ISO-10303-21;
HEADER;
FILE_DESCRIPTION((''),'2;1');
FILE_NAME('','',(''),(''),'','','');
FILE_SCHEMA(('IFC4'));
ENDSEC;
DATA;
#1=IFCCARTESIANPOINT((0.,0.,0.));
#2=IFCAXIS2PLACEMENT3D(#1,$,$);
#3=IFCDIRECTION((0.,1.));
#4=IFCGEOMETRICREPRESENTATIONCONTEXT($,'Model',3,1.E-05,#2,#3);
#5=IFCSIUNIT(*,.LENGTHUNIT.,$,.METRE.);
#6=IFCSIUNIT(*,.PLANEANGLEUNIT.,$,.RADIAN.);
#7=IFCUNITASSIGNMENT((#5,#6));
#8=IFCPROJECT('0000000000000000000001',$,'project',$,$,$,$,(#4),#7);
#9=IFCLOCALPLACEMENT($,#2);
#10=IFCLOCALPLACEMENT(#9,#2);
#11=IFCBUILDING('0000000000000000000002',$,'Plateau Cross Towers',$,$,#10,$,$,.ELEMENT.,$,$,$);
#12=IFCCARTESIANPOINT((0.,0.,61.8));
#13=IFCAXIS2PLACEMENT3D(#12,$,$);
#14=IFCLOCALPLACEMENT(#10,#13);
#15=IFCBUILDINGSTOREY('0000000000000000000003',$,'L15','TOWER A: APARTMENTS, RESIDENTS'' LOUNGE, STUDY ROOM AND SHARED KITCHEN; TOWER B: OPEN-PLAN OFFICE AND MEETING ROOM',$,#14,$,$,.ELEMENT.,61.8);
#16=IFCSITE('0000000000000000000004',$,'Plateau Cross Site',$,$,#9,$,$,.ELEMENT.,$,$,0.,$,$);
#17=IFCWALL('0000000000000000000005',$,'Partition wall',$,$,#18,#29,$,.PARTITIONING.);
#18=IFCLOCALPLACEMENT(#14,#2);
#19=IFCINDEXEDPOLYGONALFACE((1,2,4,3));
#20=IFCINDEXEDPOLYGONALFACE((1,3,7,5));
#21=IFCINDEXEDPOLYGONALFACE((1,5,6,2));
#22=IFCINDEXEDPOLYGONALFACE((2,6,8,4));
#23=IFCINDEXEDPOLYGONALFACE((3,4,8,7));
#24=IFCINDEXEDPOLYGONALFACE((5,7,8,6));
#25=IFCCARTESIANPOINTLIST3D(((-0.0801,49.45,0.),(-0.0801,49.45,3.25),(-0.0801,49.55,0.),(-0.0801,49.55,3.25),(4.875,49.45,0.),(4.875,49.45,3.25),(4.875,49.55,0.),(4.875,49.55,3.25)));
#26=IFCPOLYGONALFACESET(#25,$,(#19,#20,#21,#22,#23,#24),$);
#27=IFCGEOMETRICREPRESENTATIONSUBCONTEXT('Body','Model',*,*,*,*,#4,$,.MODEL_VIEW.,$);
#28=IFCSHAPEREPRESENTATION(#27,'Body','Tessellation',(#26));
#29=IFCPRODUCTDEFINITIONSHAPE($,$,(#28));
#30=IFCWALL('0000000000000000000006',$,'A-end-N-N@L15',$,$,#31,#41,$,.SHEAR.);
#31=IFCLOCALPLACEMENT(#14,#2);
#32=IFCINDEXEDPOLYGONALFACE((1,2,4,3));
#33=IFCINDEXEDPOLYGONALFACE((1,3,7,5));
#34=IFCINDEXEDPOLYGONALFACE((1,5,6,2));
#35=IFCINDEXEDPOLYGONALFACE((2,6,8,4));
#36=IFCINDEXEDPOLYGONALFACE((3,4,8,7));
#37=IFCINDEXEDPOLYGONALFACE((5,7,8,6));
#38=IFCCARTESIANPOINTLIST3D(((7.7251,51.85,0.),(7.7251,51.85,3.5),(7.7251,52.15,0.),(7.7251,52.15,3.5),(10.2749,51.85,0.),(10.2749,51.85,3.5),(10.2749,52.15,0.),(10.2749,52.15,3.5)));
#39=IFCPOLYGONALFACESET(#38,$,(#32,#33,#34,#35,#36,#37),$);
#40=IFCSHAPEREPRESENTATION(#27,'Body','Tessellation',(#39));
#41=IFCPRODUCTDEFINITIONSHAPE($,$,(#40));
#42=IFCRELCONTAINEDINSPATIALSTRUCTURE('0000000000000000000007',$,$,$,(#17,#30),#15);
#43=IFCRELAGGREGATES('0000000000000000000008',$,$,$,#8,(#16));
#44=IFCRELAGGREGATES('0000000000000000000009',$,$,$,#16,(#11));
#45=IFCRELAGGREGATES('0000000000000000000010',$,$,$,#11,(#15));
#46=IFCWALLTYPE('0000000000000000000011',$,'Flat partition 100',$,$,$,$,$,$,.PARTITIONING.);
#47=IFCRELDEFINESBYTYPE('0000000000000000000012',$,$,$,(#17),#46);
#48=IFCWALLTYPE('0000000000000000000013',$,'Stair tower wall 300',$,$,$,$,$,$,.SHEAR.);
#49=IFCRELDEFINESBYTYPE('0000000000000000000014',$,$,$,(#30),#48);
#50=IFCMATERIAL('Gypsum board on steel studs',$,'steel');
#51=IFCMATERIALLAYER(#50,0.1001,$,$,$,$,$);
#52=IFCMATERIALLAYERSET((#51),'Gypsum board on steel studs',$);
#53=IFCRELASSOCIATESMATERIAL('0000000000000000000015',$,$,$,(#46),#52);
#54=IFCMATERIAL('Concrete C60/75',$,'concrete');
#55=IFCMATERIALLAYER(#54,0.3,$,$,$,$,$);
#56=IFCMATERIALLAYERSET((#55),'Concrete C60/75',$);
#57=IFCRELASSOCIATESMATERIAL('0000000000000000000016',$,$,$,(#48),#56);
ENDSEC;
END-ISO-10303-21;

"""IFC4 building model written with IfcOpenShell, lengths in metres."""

from ifc_helpers import new_model, si_unit, direction, frame, frame_2d, origin, place, context, subcontext, project, spatial, rectangle, extrude, material, layer, layer_set, type_object, element, save


model = new_model("IFC4")

# Units and contexts
model_context = context("Model", 3, precision=1e-05, world=origin(), true_north=direction((0.0, 1.0)))
body_context = subcontext(model_context, "Body", "Model", "MODEL_VIEW")
ifc_project = project(units=[si_unit("LENGTHUNIT", "METRE"), si_unit("PLANEANGLEUNIT", "RADIAN")], contexts=[model_context])

# Site, building, storey
site_placement = place(None, origin())
site = spatial("IfcSite", under=ifc_project, at=site_placement, Name="Plateau Cross Site", CompositionType="ELEMENT", RefElevation=0.0)
building_placement = place(site_placement, origin())
building = spatial("IfcBuilding", under=site, at=building_placement, Name="Plateau Cross Towers", CompositionType="ELEMENT")
storey_placement = place(building_placement, frame((0.0, 0.0, 61.8)))
storey = spatial("IfcBuildingStorey", under=building, at=storey_placement, Name="L15", Description="TOWER A: APARTMENTS, RESIDENTS' LOUNGE, STUDY ROOM AND SHARED KITCHEN; TOWER B: OPEN-PLAN OFFICE AND MEETING ROOM", CompositionType="ELEMENT", Elevation=61.8)

# Shared definitions
ifc_material_1 = material(Name="Concrete C60/75", Category="concrete")

# Walls
ifc_material_2 = material(Name="Gypsum board on steel studs", Category="steel")
ifc_layer_1 = layer(ifc_material_2, 0.1001)
ifc_layer_set_1 = layer_set([ifc_layer_1], Name="Gypsum board on steel studs")
wall_type_1 = type_object("IfcWallType", Name="Flat partition 100", PredefinedType="PARTITIONING", material=ifc_layer_set_1)
wall_1_placement = place(storey_placement, frame((4.875, 49.5, 0.0), z_axis=(0.0, 0.0, 1.0), x_axis=(-1.0, 0.0, 0.0)))
element("IfcWall", 1, at=wall_1_placement, inside=storey, type_object=wall_type_1, Name="Partition wall", PredefinedType="PARTITIONING", context=body_context, shape_type="SweptSolid", body=[
    extrude(rectangle(XDim=4.9551, YDim=0.1001, at=frame_2d((2.4775, 0.0))), origin(), (0.0, 0.0, 1.0), 3.25),
])
ifc_layer_2 = layer(ifc_material_1, 0.3)
ifc_layer_set_2 = layer_set([ifc_layer_2], Name="Concrete C60/75")
wall_type_2 = type_object("IfcWallType", Name="Stair tower wall 300", PredefinedType="SHEAR", material=ifc_layer_set_2)
wall_2_placement = place(storey_placement, frame((7.7251, 52.0, 0.0), z_axis=(0.0, 0.0, 1.0), x_axis=(1.0, 0.0, 0.0)))
element("IfcWall", 2, at=wall_2_placement, inside=storey, type_object=wall_type_2, Name="A-end-N-N@L15", PredefinedType="SHEAR", context=body_context, shape_type="SweptSolid", body=[
    extrude(rectangle(XDim=2.5498, YDim=0.3, at=frame_2d((1.2749, 0.0))), origin(), (0.0, 0.0, 1.0), 3.5),
])

save(model, "model.ifc")
